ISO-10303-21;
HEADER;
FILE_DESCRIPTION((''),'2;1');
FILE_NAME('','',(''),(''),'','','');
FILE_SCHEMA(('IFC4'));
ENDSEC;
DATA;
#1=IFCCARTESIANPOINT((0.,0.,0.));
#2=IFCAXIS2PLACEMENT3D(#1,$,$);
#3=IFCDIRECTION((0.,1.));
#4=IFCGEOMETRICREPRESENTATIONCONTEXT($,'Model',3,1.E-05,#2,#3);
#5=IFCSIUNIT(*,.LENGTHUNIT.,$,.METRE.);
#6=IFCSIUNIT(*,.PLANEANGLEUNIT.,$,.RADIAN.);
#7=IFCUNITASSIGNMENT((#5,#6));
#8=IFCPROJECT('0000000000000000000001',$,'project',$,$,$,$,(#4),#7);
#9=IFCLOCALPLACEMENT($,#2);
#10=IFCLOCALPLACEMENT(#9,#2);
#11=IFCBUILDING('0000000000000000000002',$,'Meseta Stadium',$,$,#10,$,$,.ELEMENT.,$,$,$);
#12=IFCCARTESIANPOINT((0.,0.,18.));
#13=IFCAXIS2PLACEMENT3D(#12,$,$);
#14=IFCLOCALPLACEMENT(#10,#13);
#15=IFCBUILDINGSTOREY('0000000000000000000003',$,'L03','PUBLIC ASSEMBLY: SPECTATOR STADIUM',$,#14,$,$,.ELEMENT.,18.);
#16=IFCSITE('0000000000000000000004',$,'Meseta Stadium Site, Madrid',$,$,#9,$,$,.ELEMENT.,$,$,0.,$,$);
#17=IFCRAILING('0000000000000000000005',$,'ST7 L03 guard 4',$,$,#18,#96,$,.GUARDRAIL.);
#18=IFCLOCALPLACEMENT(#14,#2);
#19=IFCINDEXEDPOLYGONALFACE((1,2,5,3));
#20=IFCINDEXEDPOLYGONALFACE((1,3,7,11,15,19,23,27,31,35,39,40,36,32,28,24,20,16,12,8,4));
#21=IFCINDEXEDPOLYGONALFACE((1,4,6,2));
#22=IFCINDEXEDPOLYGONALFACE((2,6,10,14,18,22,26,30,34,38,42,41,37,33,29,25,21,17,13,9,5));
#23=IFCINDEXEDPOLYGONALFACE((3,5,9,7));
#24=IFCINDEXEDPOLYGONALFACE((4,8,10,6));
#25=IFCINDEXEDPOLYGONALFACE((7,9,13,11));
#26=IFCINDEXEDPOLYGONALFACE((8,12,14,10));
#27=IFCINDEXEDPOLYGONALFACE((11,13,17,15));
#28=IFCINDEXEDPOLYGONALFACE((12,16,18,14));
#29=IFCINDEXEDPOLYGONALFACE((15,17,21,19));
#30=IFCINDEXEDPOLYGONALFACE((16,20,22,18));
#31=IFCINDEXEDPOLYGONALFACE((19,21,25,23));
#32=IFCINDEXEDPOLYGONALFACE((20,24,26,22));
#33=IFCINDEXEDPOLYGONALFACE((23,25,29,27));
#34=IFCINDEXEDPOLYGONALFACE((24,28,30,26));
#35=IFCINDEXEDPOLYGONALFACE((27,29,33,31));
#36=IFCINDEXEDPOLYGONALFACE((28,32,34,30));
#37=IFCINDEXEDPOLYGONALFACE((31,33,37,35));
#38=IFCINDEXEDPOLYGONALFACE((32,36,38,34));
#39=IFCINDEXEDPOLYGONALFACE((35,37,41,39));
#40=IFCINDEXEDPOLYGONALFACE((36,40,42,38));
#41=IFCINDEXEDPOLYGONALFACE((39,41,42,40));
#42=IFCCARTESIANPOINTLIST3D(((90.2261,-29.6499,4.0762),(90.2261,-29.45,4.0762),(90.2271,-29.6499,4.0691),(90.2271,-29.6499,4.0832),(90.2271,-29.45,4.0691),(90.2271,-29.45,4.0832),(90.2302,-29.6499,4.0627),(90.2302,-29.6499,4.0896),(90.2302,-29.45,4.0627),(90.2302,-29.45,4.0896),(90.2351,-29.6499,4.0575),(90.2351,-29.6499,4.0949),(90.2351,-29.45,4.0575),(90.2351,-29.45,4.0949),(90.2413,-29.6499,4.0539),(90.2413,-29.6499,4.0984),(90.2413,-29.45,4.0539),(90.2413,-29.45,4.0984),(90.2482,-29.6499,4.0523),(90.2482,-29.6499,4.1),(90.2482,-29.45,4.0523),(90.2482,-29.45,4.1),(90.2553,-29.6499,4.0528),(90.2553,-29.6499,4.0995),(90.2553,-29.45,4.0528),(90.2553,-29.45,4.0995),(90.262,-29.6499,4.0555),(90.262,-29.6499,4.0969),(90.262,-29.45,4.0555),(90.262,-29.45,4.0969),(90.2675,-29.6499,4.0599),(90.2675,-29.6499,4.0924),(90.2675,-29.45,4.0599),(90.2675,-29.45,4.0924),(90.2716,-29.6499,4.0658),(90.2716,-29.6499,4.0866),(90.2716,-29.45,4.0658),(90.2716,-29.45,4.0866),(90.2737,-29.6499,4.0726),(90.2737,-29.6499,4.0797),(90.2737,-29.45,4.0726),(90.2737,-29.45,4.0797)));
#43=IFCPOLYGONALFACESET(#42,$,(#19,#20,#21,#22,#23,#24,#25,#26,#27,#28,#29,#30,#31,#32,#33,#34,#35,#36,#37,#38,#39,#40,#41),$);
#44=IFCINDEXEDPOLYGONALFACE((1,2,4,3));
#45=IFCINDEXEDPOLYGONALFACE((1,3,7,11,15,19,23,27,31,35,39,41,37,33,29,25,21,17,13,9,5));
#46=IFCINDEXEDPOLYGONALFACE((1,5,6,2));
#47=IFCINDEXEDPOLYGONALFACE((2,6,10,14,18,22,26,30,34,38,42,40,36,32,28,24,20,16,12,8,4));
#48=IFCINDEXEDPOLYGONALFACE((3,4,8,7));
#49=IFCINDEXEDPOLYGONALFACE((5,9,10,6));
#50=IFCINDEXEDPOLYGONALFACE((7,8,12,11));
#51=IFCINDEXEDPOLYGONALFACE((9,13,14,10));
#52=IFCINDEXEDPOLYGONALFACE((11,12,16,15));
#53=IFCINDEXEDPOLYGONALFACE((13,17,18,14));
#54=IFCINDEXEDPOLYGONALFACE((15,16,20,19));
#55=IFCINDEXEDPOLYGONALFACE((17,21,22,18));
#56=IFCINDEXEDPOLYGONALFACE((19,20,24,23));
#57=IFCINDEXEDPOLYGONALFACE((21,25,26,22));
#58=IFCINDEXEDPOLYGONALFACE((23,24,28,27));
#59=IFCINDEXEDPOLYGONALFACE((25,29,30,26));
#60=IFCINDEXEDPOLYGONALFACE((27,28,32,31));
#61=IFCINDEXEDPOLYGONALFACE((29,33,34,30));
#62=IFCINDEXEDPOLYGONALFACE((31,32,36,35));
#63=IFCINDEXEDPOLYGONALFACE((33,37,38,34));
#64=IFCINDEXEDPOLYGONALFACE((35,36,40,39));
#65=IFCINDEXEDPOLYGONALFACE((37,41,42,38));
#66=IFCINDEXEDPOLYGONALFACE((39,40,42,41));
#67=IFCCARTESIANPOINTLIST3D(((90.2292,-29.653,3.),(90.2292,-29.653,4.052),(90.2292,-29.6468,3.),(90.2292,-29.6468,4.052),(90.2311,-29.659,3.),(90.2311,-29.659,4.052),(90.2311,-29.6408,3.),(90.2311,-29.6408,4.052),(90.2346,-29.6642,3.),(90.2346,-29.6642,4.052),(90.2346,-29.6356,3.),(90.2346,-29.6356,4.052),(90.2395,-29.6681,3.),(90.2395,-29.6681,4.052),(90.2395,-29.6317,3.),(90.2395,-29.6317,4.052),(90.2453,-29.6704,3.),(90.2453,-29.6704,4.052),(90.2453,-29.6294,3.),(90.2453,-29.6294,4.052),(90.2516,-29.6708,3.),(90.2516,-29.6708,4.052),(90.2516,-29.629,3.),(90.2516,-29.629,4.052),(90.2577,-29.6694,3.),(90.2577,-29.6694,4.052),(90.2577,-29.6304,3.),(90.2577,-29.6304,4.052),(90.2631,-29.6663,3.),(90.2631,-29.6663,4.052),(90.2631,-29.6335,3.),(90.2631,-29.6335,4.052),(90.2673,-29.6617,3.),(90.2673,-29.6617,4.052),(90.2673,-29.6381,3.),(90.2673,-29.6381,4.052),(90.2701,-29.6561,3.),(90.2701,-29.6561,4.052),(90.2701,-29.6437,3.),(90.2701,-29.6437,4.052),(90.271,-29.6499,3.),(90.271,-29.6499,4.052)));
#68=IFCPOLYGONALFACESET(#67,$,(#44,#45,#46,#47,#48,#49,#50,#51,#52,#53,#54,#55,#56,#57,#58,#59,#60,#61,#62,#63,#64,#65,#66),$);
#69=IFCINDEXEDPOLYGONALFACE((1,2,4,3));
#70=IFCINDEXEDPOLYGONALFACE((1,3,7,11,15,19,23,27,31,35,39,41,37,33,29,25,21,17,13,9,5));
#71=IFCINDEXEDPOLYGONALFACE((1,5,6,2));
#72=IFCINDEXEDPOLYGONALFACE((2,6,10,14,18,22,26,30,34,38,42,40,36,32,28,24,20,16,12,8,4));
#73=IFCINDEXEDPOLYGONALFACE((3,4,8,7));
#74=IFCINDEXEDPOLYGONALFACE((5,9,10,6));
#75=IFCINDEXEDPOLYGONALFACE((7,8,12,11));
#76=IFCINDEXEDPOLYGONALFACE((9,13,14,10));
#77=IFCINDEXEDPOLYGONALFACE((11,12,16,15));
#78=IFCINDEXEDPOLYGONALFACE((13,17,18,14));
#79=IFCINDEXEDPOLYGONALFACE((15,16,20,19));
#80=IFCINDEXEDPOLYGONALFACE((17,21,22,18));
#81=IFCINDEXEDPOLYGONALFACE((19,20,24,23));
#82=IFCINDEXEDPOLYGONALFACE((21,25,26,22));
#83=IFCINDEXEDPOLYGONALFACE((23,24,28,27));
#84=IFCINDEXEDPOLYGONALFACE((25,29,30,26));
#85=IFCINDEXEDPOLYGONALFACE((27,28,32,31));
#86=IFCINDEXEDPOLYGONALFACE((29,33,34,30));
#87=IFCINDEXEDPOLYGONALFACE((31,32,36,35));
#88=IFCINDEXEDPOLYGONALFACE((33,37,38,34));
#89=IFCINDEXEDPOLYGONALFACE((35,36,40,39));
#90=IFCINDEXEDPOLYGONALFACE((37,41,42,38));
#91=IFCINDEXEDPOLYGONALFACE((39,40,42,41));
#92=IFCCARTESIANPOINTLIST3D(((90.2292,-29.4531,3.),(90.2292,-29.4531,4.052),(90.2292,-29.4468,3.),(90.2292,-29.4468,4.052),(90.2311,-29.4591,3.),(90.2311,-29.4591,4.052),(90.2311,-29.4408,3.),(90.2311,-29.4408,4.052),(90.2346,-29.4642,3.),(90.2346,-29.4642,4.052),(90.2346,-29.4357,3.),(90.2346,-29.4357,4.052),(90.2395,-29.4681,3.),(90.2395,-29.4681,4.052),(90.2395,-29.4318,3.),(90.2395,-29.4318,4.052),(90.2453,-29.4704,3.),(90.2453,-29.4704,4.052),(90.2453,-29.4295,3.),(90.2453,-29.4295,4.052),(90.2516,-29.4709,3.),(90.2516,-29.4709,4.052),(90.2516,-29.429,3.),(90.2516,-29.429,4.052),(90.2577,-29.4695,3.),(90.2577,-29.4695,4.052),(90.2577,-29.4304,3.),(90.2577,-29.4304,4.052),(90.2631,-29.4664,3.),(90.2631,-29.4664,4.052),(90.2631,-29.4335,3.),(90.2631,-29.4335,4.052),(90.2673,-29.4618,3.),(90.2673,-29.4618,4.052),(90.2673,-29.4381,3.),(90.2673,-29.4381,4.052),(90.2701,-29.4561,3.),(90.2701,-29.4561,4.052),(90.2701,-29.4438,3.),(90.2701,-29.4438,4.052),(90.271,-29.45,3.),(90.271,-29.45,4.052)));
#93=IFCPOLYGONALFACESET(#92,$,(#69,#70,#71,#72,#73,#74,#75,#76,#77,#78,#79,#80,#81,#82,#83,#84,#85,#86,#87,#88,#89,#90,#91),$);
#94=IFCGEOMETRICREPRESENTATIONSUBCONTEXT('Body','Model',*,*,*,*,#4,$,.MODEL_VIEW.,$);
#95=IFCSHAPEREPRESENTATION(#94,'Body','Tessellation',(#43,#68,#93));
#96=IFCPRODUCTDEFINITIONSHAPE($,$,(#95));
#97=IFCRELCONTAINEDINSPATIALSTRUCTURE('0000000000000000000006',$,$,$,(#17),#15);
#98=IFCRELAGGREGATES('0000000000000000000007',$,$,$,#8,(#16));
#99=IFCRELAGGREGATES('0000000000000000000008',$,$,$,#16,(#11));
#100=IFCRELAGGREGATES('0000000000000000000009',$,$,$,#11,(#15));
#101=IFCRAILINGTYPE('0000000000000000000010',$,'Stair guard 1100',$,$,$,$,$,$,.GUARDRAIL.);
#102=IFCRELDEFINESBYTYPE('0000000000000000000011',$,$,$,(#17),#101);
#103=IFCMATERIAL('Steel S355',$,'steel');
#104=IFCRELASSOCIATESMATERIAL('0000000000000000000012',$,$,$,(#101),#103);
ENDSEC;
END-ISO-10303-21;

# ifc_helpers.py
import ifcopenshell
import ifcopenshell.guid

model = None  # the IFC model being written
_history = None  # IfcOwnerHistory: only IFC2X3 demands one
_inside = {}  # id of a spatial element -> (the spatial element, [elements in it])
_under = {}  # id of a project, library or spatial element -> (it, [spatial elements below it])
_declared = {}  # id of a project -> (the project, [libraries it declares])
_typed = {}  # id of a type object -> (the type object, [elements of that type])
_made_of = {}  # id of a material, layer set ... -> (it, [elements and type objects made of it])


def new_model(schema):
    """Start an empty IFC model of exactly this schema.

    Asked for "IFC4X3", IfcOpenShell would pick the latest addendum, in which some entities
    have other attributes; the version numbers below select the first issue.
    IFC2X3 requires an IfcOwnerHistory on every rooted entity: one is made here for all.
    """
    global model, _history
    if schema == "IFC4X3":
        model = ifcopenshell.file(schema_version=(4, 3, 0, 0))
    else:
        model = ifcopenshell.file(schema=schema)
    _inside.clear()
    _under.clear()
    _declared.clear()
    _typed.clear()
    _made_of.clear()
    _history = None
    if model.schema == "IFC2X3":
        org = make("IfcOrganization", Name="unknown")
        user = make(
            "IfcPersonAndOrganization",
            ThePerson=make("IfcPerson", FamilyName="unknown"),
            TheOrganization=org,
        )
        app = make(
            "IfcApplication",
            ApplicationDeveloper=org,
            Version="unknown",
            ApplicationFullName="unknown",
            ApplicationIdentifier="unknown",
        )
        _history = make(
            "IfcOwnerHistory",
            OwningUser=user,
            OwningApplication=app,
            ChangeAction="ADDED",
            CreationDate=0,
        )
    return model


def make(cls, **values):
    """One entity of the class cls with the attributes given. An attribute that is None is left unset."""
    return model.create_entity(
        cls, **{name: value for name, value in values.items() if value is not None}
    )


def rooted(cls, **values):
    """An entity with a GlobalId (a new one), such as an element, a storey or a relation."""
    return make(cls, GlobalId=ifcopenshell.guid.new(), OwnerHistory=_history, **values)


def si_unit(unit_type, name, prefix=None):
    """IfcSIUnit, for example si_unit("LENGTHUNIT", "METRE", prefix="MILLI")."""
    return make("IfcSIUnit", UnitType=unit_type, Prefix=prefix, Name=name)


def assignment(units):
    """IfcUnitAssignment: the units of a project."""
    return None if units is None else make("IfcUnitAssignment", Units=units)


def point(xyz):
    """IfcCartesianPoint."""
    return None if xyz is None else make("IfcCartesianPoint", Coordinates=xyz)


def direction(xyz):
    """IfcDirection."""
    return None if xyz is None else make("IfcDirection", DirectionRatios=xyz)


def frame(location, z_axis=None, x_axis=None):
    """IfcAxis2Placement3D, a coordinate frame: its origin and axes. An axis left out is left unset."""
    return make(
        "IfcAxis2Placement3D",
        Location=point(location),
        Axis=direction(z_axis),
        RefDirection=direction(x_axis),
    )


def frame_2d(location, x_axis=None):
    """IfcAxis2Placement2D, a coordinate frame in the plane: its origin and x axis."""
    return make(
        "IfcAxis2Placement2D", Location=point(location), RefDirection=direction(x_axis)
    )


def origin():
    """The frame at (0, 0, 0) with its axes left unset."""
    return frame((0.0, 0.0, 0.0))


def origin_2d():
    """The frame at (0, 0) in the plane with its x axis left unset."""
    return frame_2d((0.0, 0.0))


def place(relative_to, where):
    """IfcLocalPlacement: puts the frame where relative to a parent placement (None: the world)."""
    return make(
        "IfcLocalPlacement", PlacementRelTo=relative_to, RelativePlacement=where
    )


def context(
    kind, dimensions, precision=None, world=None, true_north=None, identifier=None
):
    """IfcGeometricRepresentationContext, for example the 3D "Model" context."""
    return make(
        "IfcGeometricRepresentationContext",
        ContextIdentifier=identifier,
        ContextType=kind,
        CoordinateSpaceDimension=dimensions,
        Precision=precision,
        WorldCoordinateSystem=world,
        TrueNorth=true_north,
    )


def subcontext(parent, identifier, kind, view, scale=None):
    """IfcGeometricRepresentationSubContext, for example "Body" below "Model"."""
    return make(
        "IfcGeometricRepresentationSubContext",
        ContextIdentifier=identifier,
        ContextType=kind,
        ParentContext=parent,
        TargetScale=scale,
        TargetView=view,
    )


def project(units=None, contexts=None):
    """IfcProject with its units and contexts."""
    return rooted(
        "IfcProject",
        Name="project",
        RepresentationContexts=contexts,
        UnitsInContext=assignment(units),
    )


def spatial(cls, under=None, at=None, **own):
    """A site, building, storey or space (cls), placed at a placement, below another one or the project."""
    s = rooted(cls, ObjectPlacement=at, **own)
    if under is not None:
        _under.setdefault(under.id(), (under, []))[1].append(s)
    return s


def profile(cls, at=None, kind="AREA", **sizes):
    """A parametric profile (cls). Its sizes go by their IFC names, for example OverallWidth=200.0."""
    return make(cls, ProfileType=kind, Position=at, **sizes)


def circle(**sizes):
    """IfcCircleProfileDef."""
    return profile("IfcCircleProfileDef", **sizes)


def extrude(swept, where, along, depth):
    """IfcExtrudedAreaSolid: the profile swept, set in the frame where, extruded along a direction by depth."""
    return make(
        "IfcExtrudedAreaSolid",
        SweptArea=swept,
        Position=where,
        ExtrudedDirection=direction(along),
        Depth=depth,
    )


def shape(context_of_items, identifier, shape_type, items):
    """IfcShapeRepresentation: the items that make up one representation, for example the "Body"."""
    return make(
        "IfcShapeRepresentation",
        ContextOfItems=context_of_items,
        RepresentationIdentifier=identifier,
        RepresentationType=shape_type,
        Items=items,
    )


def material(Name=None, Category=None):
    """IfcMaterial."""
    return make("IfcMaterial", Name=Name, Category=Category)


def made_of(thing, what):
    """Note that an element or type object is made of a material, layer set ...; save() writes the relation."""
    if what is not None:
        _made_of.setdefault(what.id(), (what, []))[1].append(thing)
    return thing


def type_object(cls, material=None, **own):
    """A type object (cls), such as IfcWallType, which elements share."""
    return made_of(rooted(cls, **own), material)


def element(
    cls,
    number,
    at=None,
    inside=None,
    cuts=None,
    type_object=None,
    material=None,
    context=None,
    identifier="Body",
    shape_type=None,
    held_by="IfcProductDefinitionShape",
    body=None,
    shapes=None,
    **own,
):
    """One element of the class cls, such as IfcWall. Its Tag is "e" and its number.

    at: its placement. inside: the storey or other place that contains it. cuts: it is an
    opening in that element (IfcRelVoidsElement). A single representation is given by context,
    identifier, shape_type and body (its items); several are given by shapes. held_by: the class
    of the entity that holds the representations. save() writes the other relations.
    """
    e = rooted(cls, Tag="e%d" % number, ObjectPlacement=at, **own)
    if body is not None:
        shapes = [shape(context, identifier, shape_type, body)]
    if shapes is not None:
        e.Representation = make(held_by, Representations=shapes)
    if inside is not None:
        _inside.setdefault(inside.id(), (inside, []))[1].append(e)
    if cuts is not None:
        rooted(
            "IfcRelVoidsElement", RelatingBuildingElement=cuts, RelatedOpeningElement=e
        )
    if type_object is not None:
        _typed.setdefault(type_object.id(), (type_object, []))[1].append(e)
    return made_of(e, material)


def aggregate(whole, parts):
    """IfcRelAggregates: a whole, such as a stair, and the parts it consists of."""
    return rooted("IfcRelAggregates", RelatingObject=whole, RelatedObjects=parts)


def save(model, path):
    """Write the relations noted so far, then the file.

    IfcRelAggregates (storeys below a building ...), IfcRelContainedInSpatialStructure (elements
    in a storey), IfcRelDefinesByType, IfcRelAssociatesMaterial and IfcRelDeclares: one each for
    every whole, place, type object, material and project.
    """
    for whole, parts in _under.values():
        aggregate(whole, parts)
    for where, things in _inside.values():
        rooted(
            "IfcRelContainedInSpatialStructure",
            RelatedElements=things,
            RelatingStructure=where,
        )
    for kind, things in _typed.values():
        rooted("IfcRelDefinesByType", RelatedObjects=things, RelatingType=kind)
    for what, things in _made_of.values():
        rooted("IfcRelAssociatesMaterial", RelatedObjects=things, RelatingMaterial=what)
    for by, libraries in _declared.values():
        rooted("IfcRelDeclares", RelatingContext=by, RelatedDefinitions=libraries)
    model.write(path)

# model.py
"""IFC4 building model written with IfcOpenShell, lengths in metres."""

from ifc_helpers import new_model, si_unit, direction, frame, origin, origin_2d, place, context, subcontext, project, spatial, circle, extrude, material, type_object, element, save


model = new_model("IFC4")

# Units and contexts
model_context = context("Model", 3, precision=1e-05, world=origin(), true_north=direction((0.0, 1.0)))
body_context = subcontext(model_context, "Body", "Model", "MODEL_VIEW")
ifc_project = project(units=[si_unit("LENGTHUNIT", "METRE"), si_unit("PLANEANGLEUNIT", "RADIAN")], contexts=[model_context])

# Site, building, storey
site_placement = place(None, origin())
site = spatial("IfcSite", under=ifc_project, at=site_placement, Name="Meseta Stadium Site, Madrid", CompositionType="ELEMENT", RefElevation=0.0)
building_placement = place(site_placement, origin())
building = spatial("IfcBuilding", under=site, at=building_placement, Name="Meseta Stadium", CompositionType="ELEMENT")
storey_placement = place(building_placement, frame((0.0, 0.0, 18.0)))
storey = spatial("IfcBuildingStorey", under=building, at=storey_placement, Name="L03", Description="PUBLIC ASSEMBLY: SPECTATOR STADIUM", CompositionType="ELEMENT", Elevation=18.0)

# Railing
ifc_material_1 = material(Name="Steel S355", Category="steel")
railing_type_1 = type_object("IfcRailingType", Name="Stair guard 1100", PredefinedType="GUARDRAIL", material=ifc_material_1)
railing_1_placement = place(storey_placement, frame((90.25, -29.6499, 3.0)))
element("IfcRailing", 1, at=railing_1_placement, inside=storey, type_object=railing_type_1, Name="ST7 L03 guard 4", PredefinedType="GUARDRAIL", context=body_context, shape_type="SweptSolid", body=[
    extrude(circle(Radius=0.0239, at=origin_2d()), frame((0.0, 0.0, 1.0762), z_axis=(0.0, 1.0, 0.0), x_axis=(-1.0, 0.0, 0.0)), (0.0, 0.0, 1.0), 0.2),
    extrude(circle(Radius=0.021, at=origin_2d()), origin(), (0.0, 0.0, 1.0), 1.052),
    extrude(circle(Radius=0.021, at=origin_2d()), frame((0.0, 0.2, 0.0)), (0.0, 0.0, 1.0), 1.052),
])

save(model, "model.ifc")
